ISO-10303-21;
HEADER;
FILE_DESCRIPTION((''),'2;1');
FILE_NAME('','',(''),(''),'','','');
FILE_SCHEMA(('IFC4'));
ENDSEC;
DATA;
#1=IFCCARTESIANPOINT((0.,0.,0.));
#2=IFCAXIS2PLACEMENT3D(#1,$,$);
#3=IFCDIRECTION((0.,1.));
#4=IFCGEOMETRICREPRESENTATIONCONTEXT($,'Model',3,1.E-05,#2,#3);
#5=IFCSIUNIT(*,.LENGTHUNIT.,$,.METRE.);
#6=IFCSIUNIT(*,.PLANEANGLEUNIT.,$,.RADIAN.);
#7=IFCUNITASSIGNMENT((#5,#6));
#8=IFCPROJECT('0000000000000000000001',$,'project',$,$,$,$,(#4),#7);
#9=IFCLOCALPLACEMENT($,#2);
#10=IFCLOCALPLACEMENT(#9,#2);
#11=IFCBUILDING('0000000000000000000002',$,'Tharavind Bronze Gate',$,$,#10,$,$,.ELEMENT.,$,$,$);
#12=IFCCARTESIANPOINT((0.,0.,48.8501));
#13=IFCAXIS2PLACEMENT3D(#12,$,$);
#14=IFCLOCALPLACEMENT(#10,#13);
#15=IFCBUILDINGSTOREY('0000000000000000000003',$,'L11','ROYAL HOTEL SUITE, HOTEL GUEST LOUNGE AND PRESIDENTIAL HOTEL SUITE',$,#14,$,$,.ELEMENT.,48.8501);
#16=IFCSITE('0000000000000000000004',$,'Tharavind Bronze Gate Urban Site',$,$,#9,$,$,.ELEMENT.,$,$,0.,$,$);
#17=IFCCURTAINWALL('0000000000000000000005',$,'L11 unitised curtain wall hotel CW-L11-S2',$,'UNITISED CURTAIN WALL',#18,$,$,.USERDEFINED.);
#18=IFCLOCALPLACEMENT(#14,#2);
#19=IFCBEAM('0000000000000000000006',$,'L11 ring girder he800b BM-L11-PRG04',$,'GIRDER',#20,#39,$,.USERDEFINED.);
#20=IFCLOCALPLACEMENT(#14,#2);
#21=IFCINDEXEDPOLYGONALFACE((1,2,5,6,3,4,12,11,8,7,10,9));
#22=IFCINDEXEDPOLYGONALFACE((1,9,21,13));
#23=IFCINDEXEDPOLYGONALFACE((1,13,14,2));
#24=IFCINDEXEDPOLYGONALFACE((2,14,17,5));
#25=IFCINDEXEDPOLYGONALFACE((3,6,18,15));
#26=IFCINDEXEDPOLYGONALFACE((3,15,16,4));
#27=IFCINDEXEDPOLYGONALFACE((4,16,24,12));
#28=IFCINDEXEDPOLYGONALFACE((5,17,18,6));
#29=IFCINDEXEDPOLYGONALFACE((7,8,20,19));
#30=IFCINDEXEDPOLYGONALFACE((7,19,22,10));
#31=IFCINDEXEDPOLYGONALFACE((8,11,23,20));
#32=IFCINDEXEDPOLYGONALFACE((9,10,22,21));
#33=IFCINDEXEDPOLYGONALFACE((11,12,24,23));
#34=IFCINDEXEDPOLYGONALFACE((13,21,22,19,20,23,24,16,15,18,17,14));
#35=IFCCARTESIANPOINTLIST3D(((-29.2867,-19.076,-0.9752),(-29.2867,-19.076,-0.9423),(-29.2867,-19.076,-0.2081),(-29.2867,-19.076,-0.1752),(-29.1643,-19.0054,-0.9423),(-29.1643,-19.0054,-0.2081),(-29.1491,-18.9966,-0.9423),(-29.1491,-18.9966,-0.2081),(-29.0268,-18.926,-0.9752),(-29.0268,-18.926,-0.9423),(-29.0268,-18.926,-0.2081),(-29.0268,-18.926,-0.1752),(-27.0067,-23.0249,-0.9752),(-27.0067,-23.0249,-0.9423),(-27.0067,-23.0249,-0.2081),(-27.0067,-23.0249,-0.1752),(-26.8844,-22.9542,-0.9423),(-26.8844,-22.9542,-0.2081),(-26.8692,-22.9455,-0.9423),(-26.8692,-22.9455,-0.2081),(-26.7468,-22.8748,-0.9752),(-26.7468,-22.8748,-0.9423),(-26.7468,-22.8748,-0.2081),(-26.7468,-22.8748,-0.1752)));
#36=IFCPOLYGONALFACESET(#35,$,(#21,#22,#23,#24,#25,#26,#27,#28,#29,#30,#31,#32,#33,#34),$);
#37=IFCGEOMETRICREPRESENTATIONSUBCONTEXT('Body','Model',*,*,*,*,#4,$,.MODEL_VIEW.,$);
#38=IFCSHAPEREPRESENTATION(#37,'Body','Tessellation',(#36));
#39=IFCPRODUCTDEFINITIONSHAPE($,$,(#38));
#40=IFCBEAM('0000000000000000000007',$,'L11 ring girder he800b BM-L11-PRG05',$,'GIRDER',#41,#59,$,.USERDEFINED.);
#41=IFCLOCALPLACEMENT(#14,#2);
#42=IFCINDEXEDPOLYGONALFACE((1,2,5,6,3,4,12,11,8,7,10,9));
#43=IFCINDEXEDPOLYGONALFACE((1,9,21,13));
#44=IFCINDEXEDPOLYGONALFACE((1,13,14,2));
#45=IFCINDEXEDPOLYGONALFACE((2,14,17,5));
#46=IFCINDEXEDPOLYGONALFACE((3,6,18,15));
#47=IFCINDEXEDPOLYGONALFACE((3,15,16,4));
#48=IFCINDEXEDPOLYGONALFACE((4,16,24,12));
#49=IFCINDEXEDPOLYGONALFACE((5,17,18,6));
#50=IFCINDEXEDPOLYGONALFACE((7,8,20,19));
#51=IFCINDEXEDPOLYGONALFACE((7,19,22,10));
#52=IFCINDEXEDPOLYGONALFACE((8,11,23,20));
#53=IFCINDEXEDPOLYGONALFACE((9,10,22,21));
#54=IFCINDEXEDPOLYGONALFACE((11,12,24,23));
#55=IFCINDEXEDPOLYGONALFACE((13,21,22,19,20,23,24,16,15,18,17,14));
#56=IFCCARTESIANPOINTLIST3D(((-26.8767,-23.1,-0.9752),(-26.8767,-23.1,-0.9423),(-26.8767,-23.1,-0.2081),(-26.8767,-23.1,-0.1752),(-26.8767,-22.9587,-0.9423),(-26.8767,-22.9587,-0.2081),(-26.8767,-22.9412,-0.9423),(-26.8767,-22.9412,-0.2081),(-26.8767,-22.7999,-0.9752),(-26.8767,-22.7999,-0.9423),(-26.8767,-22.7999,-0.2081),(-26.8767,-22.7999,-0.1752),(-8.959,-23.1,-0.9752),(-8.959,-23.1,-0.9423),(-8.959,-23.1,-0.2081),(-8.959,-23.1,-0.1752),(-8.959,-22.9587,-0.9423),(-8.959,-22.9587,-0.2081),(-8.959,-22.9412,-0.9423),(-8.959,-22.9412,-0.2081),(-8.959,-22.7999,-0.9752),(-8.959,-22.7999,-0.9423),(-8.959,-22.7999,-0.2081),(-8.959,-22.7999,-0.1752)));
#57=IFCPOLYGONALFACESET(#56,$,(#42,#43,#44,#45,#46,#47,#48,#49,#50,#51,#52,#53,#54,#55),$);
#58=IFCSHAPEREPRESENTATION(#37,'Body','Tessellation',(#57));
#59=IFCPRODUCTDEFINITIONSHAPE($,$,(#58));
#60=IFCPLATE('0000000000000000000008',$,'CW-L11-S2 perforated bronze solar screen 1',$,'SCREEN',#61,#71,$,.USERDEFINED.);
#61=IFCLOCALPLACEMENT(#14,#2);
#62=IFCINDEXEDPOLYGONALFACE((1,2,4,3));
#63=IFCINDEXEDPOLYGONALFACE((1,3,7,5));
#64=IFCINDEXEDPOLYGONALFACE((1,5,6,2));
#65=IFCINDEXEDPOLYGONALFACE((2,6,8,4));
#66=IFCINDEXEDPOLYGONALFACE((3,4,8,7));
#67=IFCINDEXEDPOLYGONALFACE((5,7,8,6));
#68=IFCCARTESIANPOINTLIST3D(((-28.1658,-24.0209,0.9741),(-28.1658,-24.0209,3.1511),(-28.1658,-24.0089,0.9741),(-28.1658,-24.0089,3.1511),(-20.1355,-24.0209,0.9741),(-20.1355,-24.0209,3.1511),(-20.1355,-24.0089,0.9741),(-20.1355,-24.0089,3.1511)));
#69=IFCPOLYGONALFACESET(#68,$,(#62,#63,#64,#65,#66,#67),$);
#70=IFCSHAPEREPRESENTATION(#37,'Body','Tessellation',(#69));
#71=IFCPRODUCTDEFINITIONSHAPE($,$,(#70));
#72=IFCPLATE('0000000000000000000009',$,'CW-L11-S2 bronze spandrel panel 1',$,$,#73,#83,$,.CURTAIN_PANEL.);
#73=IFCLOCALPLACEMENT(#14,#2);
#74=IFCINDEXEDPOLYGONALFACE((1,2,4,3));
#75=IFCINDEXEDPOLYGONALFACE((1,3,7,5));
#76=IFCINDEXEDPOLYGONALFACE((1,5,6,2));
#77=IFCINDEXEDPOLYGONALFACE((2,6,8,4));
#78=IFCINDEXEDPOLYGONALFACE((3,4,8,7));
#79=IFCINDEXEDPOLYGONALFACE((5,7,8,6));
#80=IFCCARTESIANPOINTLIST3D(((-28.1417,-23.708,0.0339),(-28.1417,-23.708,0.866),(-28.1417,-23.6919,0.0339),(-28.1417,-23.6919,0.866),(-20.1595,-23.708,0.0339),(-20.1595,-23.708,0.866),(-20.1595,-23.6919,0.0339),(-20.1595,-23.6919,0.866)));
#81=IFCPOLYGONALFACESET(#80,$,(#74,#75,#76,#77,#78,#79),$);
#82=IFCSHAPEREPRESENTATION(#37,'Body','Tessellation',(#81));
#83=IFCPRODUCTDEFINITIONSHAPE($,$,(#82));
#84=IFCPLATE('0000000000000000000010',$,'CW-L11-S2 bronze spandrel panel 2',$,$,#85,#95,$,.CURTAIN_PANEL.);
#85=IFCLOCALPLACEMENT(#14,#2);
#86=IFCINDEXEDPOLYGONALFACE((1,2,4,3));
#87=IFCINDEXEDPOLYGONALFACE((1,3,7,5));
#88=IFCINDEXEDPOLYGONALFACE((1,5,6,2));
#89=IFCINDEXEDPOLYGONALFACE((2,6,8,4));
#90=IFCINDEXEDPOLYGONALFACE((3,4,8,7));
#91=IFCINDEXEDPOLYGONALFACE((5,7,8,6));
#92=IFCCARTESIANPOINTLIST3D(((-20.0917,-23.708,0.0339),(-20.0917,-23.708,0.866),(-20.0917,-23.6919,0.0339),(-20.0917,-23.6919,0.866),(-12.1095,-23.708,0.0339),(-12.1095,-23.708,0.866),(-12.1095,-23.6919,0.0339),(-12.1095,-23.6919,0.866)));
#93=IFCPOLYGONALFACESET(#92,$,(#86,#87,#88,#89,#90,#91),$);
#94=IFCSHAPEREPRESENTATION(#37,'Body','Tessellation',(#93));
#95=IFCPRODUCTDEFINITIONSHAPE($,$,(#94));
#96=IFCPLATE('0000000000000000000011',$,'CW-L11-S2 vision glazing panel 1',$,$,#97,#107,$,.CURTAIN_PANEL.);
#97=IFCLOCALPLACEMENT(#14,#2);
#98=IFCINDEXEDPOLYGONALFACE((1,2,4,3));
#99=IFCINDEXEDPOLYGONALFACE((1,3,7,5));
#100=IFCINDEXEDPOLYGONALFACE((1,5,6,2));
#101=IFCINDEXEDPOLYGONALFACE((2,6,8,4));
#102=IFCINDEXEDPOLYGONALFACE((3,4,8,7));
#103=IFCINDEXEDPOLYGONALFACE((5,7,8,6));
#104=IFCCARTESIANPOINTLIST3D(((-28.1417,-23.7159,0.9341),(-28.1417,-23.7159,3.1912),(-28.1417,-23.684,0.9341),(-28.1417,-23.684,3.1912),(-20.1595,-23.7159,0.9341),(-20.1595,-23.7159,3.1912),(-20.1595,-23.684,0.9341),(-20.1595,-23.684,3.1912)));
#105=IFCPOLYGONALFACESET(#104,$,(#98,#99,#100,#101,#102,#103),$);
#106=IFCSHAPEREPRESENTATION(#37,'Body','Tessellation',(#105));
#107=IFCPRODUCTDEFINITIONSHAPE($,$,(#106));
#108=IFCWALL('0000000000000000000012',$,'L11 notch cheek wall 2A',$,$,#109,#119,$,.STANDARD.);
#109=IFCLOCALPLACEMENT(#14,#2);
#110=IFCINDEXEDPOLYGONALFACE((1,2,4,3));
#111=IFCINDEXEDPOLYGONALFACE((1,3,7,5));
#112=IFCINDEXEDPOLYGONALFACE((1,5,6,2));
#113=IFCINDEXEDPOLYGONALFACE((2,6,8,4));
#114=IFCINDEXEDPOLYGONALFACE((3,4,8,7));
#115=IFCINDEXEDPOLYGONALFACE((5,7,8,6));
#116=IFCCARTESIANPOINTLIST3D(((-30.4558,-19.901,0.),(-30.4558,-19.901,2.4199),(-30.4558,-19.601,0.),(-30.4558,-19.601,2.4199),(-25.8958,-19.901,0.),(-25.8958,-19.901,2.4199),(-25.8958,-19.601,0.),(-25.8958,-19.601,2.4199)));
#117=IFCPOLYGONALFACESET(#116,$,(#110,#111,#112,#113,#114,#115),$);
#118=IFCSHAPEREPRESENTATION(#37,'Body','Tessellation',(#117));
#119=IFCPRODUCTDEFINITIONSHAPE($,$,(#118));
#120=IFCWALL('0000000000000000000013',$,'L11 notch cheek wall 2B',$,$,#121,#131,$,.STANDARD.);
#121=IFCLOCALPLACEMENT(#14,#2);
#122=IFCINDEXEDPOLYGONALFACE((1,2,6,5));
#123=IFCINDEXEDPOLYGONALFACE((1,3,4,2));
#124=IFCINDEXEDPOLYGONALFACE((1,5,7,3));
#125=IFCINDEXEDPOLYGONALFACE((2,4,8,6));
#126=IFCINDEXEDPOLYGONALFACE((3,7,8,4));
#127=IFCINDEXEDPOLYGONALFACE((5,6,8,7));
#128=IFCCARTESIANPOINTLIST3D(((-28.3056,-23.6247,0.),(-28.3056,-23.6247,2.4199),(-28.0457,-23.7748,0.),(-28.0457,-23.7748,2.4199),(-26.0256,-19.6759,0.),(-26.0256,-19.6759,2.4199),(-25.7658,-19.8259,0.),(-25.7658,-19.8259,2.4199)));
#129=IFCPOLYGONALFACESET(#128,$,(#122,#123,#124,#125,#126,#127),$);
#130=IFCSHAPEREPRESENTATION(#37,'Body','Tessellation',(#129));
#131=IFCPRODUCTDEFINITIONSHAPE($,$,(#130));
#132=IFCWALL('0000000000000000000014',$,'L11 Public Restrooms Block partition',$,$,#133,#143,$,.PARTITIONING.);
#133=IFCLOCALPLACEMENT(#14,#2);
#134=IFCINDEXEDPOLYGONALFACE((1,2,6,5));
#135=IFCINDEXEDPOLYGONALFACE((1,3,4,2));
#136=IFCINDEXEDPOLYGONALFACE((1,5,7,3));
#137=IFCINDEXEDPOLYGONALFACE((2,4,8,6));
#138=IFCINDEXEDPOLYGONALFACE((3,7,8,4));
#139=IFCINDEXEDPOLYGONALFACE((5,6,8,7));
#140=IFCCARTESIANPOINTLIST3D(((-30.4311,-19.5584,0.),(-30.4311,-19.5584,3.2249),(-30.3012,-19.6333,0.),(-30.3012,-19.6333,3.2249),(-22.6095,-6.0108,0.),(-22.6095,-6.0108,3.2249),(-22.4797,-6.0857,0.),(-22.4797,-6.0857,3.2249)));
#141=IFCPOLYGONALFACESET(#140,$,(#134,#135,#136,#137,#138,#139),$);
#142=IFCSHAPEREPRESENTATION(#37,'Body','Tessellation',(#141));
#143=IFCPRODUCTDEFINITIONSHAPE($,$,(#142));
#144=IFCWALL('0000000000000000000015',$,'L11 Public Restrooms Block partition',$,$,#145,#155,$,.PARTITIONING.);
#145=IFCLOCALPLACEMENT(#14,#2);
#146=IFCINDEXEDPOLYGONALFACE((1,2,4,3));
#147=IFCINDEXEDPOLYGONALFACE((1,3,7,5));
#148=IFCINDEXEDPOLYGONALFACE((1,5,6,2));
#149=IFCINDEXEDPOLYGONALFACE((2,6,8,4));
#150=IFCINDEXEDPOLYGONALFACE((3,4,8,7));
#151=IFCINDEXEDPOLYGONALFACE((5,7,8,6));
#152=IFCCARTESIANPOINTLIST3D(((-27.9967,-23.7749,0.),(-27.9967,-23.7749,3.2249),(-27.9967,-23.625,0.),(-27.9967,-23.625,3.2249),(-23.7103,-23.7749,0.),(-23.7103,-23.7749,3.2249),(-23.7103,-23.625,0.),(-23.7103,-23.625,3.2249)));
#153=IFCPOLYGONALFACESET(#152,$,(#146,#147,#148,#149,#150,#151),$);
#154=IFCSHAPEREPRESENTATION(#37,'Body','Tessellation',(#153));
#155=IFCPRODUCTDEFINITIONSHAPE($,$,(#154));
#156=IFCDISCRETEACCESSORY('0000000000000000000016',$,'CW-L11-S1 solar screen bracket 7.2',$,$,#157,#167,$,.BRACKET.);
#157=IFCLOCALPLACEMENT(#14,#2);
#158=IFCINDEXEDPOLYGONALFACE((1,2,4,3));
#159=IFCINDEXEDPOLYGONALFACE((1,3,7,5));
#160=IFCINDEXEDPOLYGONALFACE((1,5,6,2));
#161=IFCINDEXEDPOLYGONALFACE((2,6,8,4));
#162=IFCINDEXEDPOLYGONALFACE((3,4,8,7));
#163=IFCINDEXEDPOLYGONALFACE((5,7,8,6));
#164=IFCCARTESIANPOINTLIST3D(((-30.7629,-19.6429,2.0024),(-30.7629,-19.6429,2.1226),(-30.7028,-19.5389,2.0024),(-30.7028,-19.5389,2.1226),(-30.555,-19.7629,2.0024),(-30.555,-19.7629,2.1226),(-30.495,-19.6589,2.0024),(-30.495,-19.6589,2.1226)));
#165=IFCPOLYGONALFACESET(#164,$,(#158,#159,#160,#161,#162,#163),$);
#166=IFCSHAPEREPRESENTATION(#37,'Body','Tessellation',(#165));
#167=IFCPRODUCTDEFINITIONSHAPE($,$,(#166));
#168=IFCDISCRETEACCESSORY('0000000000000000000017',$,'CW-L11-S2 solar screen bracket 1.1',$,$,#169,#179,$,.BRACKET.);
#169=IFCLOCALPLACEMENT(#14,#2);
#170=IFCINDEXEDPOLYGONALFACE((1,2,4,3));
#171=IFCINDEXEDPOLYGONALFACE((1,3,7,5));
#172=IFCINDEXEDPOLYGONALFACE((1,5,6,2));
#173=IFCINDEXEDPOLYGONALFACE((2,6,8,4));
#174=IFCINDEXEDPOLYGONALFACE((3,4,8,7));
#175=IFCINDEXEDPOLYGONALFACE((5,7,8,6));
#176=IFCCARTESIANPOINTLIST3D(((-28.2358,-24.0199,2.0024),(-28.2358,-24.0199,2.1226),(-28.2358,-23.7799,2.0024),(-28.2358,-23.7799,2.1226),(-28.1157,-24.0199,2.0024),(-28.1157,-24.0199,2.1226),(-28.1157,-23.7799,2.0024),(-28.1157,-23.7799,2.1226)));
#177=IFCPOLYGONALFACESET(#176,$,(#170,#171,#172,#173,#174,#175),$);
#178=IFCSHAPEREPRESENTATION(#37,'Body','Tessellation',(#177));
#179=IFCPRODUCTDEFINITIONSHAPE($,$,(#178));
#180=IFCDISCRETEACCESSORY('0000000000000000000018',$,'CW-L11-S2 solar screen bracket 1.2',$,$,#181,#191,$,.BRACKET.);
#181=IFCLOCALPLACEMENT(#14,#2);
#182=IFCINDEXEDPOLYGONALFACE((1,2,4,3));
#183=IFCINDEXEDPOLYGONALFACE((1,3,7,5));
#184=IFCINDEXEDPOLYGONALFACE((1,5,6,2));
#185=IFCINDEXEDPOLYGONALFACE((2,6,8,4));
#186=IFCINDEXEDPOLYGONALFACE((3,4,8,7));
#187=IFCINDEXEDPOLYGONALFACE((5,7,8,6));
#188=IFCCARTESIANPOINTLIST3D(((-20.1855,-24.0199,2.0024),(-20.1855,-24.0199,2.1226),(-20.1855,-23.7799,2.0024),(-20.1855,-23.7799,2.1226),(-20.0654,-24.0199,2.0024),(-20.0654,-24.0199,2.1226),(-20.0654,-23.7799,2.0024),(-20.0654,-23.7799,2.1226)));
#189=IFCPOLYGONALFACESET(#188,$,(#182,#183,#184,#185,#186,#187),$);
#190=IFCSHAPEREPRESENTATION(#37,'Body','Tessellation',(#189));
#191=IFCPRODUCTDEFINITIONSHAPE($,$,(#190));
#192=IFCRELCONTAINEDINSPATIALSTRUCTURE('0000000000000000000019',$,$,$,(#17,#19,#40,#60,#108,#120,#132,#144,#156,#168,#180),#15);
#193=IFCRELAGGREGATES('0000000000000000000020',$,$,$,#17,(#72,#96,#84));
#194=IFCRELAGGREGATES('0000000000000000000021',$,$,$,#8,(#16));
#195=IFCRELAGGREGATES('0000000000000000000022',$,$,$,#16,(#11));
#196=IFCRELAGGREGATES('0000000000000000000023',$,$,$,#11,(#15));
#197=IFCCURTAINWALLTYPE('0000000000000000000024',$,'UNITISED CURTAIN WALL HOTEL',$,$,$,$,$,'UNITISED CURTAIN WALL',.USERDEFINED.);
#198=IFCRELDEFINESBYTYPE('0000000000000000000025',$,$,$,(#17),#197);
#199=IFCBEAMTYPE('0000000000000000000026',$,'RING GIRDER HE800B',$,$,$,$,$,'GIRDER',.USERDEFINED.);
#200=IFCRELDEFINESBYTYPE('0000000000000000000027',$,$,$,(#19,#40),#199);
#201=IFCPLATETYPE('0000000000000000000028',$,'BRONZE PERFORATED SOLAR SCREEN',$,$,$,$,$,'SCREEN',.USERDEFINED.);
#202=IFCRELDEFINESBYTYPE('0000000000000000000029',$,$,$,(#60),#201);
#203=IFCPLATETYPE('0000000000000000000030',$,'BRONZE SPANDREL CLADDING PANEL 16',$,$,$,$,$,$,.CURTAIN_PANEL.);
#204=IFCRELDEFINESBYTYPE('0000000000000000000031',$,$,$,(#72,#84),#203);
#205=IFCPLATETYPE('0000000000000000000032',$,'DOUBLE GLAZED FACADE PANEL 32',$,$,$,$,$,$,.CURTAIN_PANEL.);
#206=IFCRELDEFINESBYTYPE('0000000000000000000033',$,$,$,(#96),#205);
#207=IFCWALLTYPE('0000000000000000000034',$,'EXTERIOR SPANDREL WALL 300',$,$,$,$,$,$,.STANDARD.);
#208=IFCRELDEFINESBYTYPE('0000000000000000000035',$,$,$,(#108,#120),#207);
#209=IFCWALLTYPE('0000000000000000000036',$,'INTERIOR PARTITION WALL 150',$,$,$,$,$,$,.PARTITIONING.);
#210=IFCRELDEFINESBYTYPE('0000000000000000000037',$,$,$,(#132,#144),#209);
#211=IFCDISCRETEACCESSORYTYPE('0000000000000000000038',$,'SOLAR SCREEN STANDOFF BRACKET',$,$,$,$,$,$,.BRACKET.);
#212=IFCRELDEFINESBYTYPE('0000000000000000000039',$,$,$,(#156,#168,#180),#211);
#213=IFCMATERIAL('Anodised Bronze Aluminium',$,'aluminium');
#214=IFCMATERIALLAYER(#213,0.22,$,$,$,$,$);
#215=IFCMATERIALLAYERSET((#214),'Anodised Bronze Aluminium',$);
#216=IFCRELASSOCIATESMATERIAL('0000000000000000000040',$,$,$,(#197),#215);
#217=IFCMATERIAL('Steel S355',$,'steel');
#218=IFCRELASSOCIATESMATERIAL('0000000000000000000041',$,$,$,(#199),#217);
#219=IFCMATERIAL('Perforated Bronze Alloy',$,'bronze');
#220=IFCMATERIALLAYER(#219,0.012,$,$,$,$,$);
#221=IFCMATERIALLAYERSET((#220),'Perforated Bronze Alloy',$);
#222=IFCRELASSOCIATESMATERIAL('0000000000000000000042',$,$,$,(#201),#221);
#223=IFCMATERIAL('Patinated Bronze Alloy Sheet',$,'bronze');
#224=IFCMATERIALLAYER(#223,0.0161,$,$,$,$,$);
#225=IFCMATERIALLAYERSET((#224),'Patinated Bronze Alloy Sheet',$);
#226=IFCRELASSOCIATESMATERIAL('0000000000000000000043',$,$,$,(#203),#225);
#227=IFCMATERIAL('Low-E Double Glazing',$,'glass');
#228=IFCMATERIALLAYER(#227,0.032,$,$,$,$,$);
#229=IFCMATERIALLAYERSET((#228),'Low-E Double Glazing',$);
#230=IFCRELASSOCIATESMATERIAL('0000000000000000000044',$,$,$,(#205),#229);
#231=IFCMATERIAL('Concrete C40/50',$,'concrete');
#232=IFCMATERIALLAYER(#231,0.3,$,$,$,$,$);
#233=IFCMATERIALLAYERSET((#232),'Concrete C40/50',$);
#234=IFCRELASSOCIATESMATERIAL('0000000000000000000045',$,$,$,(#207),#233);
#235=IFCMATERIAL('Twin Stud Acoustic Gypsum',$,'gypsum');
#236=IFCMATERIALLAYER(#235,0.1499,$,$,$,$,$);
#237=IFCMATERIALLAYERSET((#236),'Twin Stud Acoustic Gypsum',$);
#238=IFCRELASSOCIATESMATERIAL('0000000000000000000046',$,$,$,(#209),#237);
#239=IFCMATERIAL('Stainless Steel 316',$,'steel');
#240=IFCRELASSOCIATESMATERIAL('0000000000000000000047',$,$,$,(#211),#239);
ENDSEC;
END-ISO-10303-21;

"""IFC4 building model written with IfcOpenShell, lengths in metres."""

from ifc_helpers import new_model, si_unit, direction, frame, frame_2d, origin, origin_2d, place, context, subcontext, project, spatial, rectangle, i_section, extrude, material, layer, layer_set, material_profile, profile_set, type_object, element, aggregate, save


model = new_model("IFC4")

# Units and contexts
model_context = context("Model", 3, precision=1e-05, world=origin(), true_north=direction((0.0, 1.0)))
body_context = subcontext(model_context, "Body", "Model", "MODEL_VIEW")
ifc_project = project(units=[si_unit("LENGTHUNIT", "METRE"), si_unit("PLANEANGLEUNIT", "RADIAN")], contexts=[model_context])

# Site, building, storey
site_placement = place(None, origin())
site = spatial("IfcSite", under=ifc_project, at=site_placement, Name="Tharavind Bronze Gate Urban Site", CompositionType="ELEMENT", RefElevation=0.0)
building_placement = place(site_placement, origin())
building = spatial("IfcBuilding", under=site, at=building_placement, Name="Tharavind Bronze Gate", CompositionType="ELEMENT")
storey_placement = place(building_placement, frame((0.0, 0.0, 48.8501)))
storey = spatial("IfcBuildingStorey", under=building, at=storey_placement, Name="L11", Description="ROYAL HOTEL SUITE, HOTEL GUEST LOUNGE AND PRESIDENTIAL HOTEL SUITE", CompositionType="ELEMENT", Elevation=48.8501)

# Shared definitions
ifc_material_1 = material(Name="Anodised Bronze Aluminium", Category="aluminium")
ifc_layer_1 = layer(ifc_material_1, 0.22)
ifc_layer_set_1 = layer_set([ifc_layer_1], Name="Anodised Bronze Aluminium")
curtain_wall_type = type_object("IfcCurtainWallType", Name="UNITISED CURTAIN WALL HOTEL", ElementType="UNITISED CURTAIN WALL", PredefinedType="USERDEFINED", material=ifc_layer_set_1)

# Curtain wall
curtain_wall_1_placement = place(storey_placement, origin())
curtain_wall_1 = element("IfcCurtainWall", 1, at=curtain_wall_1_placement, inside=storey, type_object=curtain_wall_type, Name="L11 unitised curtain wall hotel CW-L11-S2", ObjectType="UNITISED CURTAIN WALL", PredefinedType="USERDEFINED")

# Beams
ifc_material_2 = material(Name="Steel S355", Category="steel")
ifc_material_profile_1 = material_profile(ifc_material_2, i_section(OverallWidth=0.3, OverallDepth=0.8, WebThickness=0.0176, FlangeThickness=0.033, at=origin_2d()), Name="HE800B")
ifc_profile_set_1 = profile_set([ifc_material_profile_1], Name="Steel S355")
beam_type_1 = type_object("IfcBeamType", Name="RING GIRDER HE800B", ElementType="GIRDER", PredefinedType="USERDEFINED", material=ifc_profile_set_1)
beam_1_placement = place(storey_placement, frame((-29.1567, -19.001, -0.5752), z_axis=(0.500014, -0.866017, 0.0), x_axis=(0.866017, 0.500014, 0.0)))
element("IfcBeam", 2, at=beam_1_placement, inside=storey, type_object=beam_type_1, Name="L11 ring girder he800b BM-L11-PRG04", ObjectType="GIRDER", PredefinedType="USERDEFINED", context=body_context, shape_type="SweptSolid", body=[
    extrude(i_section(OverallWidth=0.3, OverallDepth=0.8, WebThickness=0.0176, FlangeThickness=0.033, at=origin_2d()), origin(), (0.0, 0.0, 1.0), 4.5598),
])
beam_2_placement = place(storey_placement, frame((-26.8767, -22.95, -0.5752), z_axis=(1.0, 0.0, 0.0), x_axis=(0.0, 1.0, 0.0)))
element("IfcBeam", 3, at=beam_2_placement, inside=storey, type_object=beam_type_1, Name="L11 ring girder he800b BM-L11-PRG05", ObjectType="GIRDER", PredefinedType="USERDEFINED", context=body_context, shape_type="SweptSolid", body=[
    extrude(i_section(OverallWidth=0.3, OverallDepth=0.8, WebThickness=0.0176, FlangeThickness=0.033, at=origin_2d()), origin(), (0.0, 0.0, 1.0), 17.9177),
])

# Plates
ifc_material_3 = material(Name="Perforated Bronze Alloy", Category="bronze")
ifc_layer_2 = layer(ifc_material_3, 0.012)
ifc_layer_set_2 = layer_set([ifc_layer_2], Name="Perforated Bronze Alloy")
plate_type_1 = type_object("IfcPlateType", Name="BRONZE PERFORATED SOLAR SCREEN", ElementType="SCREEN", PredefinedType="USERDEFINED", material=ifc_layer_set_2)
plate_1_placement = place(storey_placement, frame((-24.1506, -24.0149, 0.9741), z_axis=(0.0, 0.0, 1.0), x_axis=(1.0, 0.0, 0.0)))
element("IfcPlate", 4, at=plate_1_placement, inside=storey, type_object=plate_type_1, Name="CW-L11-S2 perforated bronze solar screen 1", ObjectType="SCREEN", PredefinedType="USERDEFINED", context=body_context, shape_type="SweptSolid", body=[
    extrude(rectangle(XDim=8.0303, YDim=0.012, at=origin_2d()), origin(), (0.0, 0.0, 1.0), 2.177),
])
ifc_material_4 = material(Name="Patinated Bronze Alloy Sheet", Category="bronze")
ifc_layer_3 = layer(ifc_material_4, 0.0161)
ifc_layer_set_3 = layer_set([ifc_layer_3], Name="Patinated Bronze Alloy Sheet")
plate_type_2 = type_object("IfcPlateType", Name="BRONZE SPANDREL CLADDING PANEL 16", PredefinedType="CURTAIN_PANEL", material=ifc_layer_set_3)
plate_2_placement = place(storey_placement, frame((-24.1506, -23.7, 0.0339), z_axis=(0.0, 0.0, 1.0), x_axis=(1.0, 0.0, 0.0)))
plate_2 = element("IfcPlate", 5, at=plate_2_placement, type_object=plate_type_2, Name="CW-L11-S2 bronze spandrel panel 1", PredefinedType="CURTAIN_PANEL", context=body_context, shape_type="SweptSolid", body=[
    extrude(rectangle(XDim=7.9822, YDim=0.0161, at=origin_2d()), origin(), (0.0, 0.0, 1.0), 0.832),
])
plate_3_placement = place(storey_placement, frame((-16.1006, -23.7, 0.0339), z_axis=(0.0, 0.0, 1.0), x_axis=(1.0, 0.0, 0.0)))
plate_3 = element("IfcPlate", 6, at=plate_3_placement, type_object=plate_type_2, Name="CW-L11-S2 bronze spandrel panel 2", PredefinedType="CURTAIN_PANEL", context=body_context, shape_type="SweptSolid", body=[
    extrude(rectangle(XDim=7.9822, YDim=0.0161, at=origin_2d()), origin(), (0.0, 0.0, 1.0), 0.832),
])
ifc_material_5 = material(Name="Low-E Double Glazing", Category="glass")
ifc_layer_4 = layer(ifc_material_5, 0.032)
ifc_layer_set_4 = layer_set([ifc_layer_4], Name="Low-E Double Glazing")
plate_type_3 = type_object("IfcPlateType", Name="DOUBLE GLAZED FACADE PANEL 32", PredefinedType="CURTAIN_PANEL", material=ifc_layer_set_4)
plate_4_placement = place(storey_placement, frame((-24.1506, -23.7, 0.9341), z_axis=(0.0, 0.0, 1.0), x_axis=(1.0, 0.0, 0.0)))
plate_4 = element("IfcPlate", 7, at=plate_4_placement, type_object=plate_type_3, Name="CW-L11-S2 vision glazing panel 1", PredefinedType="CURTAIN_PANEL", context=body_context, shape_type="SweptSolid", body=[
    extrude(rectangle(XDim=7.9822, YDim=0.032, at=origin_2d()), origin(), (0.0, 0.0, 1.0), 2.2571),
])
aggregate(curtain_wall_1, [plate_2, plate_4, plate_3])

# Walls
ifc_material_6 = material(Name="Concrete C40/50", Category="concrete")
ifc_layer_5 = layer(ifc_material_6, 0.3)
ifc_layer_set_5 = layer_set([ifc_layer_5], Name="Concrete C40/50")
wall_type_1 = type_object("IfcWallType", Name="EXTERIOR SPANDREL WALL 300", PredefinedType="STANDARD", material=ifc_layer_set_5)
wall_1_placement = place(storey_placement, frame((-30.4558, -19.751, 0.0), z_axis=(0.0, 0.0, 1.0), x_axis=(1.0, 0.0, 0.0)))
element("IfcWall", 8, at=wall_1_placement, inside=storey, type_object=wall_type_1, Name="L11 notch cheek wall 2A", PredefinedType="STANDARD", context=body_context, shape_type="SweptSolid", body=[
    extrude(rectangle(XDim=4.5601, YDim=0.3, at=frame_2d((2.28, 0.0))), origin(), (0.0, 0.0, 1.0), 2.4199),
])
wall_2_placement = place(storey_placement, frame((-25.8958, -19.751, 0.0), z_axis=(0.0, 0.0, 1.0), x_axis=(-0.500014, -0.866017, 0.0)))
element("IfcWall", 9, at=wall_2_placement, inside=storey, type_object=wall_type_1, Name="L11 notch cheek wall 2B", PredefinedType="STANDARD", context=body_context, shape_type="SweptSolid", body=[
    extrude(rectangle(XDim=4.5598, YDim=0.3, at=frame_2d((2.2798, 0.0))), origin(), (0.0, 0.0, 1.0), 2.4199),
])
ifc_material_7 = material(Name="Twin Stud Acoustic Gypsum", Category="gypsum")
ifc_layer_6 = layer(ifc_material_7, 0.1499)
ifc_layer_set_6 = layer_set([ifc_layer_6], Name="Twin Stud Acoustic Gypsum")
wall_type_2 = type_object("IfcWallType", Name="INTERIOR PARTITION WALL 150", PredefinedType="PARTITIONING", material=ifc_layer_set_6)
wall_3_placement = place(storey_placement, frame((-30.3662, -19.5959, 0.0), z_axis=(0.0, 0.0, 1.0), x_axis=(0.499991, 0.86603, 0.0)))
element("IfcWall", 10, at=wall_3_placement, inside=storey, type_object=wall_type_2, Name="L11 Public Restrooms Block partition", PredefinedType="PARTITIONING", context=body_context, shape_type="SweptSolid", body=[
    extrude(rectangle(XDim=15.6433, YDim=0.1499, at=frame_2d((7.8218, 0.0))), origin(), (0.0, 0.0, 1.0), 3.2249),
])
wall_4_placement = place(storey_placement, frame((-23.7104, -23.7, 0.0), z_axis=(0.0, 0.0, 1.0), x_axis=(-1.0, 0.0, 0.0)))
element("IfcWall", 11, at=wall_4_placement, inside=storey, type_object=wall_type_2, Name="L11 Public Restrooms Block partition", PredefinedType="PARTITIONING", context=body_context, shape_type="SweptSolid", body=[
    extrude(rectangle(XDim=4.2864, YDim=0.1499, at=frame_2d((2.1431, 0.0))), origin(), (0.0, 0.0, 1.0), 3.2249),
])

# Discrete accessories
ifc_material_8 = material(Name="Stainless Steel 316", Category="steel")
discrete_accessory_type = type_object("IfcDiscreteAccessoryType", Name="SOLAR SCREEN STANDOFF BRACKET", PredefinedType="BRACKET", material=ifc_material_8)
for number, where, z_axis, x_axis, name in (
    (12, (-30.6289, -19.6509, 2.0024), (0.0, 0.0, 1.0), (-0.500002, -0.866025, 0.0), "CW-L11-S1 solar screen bracket 7.2"),
    (13, (-28.1758, -23.8999, 2.0024), (0.0, 0.0, 1.0), (1.0, 0.0, 0.0), "CW-L11-S2 solar screen bracket 1.1"),
    (14, (-20.1255, -23.8999, 2.0024), (0.0, 0.0, 1.0), (1.0, 0.0, 0.0), "CW-L11-S2 solar screen bracket 1.2"),
):
    element("IfcDiscreteAccessory", number, at=place(storey_placement, frame(where, z_axis=z_axis, x_axis=x_axis)), inside=storey, type_object=discrete_accessory_type, Name=name, PredefinedType="BRACKET", context=body_context, shape_type="SweptSolid", body=[
        extrude(rectangle(XDim=0.1201, YDim=0.24, at=origin_2d()), origin(), (0.0, 0.0, 1.0), 0.1201),
    ])

save(model, "model.ifc")
